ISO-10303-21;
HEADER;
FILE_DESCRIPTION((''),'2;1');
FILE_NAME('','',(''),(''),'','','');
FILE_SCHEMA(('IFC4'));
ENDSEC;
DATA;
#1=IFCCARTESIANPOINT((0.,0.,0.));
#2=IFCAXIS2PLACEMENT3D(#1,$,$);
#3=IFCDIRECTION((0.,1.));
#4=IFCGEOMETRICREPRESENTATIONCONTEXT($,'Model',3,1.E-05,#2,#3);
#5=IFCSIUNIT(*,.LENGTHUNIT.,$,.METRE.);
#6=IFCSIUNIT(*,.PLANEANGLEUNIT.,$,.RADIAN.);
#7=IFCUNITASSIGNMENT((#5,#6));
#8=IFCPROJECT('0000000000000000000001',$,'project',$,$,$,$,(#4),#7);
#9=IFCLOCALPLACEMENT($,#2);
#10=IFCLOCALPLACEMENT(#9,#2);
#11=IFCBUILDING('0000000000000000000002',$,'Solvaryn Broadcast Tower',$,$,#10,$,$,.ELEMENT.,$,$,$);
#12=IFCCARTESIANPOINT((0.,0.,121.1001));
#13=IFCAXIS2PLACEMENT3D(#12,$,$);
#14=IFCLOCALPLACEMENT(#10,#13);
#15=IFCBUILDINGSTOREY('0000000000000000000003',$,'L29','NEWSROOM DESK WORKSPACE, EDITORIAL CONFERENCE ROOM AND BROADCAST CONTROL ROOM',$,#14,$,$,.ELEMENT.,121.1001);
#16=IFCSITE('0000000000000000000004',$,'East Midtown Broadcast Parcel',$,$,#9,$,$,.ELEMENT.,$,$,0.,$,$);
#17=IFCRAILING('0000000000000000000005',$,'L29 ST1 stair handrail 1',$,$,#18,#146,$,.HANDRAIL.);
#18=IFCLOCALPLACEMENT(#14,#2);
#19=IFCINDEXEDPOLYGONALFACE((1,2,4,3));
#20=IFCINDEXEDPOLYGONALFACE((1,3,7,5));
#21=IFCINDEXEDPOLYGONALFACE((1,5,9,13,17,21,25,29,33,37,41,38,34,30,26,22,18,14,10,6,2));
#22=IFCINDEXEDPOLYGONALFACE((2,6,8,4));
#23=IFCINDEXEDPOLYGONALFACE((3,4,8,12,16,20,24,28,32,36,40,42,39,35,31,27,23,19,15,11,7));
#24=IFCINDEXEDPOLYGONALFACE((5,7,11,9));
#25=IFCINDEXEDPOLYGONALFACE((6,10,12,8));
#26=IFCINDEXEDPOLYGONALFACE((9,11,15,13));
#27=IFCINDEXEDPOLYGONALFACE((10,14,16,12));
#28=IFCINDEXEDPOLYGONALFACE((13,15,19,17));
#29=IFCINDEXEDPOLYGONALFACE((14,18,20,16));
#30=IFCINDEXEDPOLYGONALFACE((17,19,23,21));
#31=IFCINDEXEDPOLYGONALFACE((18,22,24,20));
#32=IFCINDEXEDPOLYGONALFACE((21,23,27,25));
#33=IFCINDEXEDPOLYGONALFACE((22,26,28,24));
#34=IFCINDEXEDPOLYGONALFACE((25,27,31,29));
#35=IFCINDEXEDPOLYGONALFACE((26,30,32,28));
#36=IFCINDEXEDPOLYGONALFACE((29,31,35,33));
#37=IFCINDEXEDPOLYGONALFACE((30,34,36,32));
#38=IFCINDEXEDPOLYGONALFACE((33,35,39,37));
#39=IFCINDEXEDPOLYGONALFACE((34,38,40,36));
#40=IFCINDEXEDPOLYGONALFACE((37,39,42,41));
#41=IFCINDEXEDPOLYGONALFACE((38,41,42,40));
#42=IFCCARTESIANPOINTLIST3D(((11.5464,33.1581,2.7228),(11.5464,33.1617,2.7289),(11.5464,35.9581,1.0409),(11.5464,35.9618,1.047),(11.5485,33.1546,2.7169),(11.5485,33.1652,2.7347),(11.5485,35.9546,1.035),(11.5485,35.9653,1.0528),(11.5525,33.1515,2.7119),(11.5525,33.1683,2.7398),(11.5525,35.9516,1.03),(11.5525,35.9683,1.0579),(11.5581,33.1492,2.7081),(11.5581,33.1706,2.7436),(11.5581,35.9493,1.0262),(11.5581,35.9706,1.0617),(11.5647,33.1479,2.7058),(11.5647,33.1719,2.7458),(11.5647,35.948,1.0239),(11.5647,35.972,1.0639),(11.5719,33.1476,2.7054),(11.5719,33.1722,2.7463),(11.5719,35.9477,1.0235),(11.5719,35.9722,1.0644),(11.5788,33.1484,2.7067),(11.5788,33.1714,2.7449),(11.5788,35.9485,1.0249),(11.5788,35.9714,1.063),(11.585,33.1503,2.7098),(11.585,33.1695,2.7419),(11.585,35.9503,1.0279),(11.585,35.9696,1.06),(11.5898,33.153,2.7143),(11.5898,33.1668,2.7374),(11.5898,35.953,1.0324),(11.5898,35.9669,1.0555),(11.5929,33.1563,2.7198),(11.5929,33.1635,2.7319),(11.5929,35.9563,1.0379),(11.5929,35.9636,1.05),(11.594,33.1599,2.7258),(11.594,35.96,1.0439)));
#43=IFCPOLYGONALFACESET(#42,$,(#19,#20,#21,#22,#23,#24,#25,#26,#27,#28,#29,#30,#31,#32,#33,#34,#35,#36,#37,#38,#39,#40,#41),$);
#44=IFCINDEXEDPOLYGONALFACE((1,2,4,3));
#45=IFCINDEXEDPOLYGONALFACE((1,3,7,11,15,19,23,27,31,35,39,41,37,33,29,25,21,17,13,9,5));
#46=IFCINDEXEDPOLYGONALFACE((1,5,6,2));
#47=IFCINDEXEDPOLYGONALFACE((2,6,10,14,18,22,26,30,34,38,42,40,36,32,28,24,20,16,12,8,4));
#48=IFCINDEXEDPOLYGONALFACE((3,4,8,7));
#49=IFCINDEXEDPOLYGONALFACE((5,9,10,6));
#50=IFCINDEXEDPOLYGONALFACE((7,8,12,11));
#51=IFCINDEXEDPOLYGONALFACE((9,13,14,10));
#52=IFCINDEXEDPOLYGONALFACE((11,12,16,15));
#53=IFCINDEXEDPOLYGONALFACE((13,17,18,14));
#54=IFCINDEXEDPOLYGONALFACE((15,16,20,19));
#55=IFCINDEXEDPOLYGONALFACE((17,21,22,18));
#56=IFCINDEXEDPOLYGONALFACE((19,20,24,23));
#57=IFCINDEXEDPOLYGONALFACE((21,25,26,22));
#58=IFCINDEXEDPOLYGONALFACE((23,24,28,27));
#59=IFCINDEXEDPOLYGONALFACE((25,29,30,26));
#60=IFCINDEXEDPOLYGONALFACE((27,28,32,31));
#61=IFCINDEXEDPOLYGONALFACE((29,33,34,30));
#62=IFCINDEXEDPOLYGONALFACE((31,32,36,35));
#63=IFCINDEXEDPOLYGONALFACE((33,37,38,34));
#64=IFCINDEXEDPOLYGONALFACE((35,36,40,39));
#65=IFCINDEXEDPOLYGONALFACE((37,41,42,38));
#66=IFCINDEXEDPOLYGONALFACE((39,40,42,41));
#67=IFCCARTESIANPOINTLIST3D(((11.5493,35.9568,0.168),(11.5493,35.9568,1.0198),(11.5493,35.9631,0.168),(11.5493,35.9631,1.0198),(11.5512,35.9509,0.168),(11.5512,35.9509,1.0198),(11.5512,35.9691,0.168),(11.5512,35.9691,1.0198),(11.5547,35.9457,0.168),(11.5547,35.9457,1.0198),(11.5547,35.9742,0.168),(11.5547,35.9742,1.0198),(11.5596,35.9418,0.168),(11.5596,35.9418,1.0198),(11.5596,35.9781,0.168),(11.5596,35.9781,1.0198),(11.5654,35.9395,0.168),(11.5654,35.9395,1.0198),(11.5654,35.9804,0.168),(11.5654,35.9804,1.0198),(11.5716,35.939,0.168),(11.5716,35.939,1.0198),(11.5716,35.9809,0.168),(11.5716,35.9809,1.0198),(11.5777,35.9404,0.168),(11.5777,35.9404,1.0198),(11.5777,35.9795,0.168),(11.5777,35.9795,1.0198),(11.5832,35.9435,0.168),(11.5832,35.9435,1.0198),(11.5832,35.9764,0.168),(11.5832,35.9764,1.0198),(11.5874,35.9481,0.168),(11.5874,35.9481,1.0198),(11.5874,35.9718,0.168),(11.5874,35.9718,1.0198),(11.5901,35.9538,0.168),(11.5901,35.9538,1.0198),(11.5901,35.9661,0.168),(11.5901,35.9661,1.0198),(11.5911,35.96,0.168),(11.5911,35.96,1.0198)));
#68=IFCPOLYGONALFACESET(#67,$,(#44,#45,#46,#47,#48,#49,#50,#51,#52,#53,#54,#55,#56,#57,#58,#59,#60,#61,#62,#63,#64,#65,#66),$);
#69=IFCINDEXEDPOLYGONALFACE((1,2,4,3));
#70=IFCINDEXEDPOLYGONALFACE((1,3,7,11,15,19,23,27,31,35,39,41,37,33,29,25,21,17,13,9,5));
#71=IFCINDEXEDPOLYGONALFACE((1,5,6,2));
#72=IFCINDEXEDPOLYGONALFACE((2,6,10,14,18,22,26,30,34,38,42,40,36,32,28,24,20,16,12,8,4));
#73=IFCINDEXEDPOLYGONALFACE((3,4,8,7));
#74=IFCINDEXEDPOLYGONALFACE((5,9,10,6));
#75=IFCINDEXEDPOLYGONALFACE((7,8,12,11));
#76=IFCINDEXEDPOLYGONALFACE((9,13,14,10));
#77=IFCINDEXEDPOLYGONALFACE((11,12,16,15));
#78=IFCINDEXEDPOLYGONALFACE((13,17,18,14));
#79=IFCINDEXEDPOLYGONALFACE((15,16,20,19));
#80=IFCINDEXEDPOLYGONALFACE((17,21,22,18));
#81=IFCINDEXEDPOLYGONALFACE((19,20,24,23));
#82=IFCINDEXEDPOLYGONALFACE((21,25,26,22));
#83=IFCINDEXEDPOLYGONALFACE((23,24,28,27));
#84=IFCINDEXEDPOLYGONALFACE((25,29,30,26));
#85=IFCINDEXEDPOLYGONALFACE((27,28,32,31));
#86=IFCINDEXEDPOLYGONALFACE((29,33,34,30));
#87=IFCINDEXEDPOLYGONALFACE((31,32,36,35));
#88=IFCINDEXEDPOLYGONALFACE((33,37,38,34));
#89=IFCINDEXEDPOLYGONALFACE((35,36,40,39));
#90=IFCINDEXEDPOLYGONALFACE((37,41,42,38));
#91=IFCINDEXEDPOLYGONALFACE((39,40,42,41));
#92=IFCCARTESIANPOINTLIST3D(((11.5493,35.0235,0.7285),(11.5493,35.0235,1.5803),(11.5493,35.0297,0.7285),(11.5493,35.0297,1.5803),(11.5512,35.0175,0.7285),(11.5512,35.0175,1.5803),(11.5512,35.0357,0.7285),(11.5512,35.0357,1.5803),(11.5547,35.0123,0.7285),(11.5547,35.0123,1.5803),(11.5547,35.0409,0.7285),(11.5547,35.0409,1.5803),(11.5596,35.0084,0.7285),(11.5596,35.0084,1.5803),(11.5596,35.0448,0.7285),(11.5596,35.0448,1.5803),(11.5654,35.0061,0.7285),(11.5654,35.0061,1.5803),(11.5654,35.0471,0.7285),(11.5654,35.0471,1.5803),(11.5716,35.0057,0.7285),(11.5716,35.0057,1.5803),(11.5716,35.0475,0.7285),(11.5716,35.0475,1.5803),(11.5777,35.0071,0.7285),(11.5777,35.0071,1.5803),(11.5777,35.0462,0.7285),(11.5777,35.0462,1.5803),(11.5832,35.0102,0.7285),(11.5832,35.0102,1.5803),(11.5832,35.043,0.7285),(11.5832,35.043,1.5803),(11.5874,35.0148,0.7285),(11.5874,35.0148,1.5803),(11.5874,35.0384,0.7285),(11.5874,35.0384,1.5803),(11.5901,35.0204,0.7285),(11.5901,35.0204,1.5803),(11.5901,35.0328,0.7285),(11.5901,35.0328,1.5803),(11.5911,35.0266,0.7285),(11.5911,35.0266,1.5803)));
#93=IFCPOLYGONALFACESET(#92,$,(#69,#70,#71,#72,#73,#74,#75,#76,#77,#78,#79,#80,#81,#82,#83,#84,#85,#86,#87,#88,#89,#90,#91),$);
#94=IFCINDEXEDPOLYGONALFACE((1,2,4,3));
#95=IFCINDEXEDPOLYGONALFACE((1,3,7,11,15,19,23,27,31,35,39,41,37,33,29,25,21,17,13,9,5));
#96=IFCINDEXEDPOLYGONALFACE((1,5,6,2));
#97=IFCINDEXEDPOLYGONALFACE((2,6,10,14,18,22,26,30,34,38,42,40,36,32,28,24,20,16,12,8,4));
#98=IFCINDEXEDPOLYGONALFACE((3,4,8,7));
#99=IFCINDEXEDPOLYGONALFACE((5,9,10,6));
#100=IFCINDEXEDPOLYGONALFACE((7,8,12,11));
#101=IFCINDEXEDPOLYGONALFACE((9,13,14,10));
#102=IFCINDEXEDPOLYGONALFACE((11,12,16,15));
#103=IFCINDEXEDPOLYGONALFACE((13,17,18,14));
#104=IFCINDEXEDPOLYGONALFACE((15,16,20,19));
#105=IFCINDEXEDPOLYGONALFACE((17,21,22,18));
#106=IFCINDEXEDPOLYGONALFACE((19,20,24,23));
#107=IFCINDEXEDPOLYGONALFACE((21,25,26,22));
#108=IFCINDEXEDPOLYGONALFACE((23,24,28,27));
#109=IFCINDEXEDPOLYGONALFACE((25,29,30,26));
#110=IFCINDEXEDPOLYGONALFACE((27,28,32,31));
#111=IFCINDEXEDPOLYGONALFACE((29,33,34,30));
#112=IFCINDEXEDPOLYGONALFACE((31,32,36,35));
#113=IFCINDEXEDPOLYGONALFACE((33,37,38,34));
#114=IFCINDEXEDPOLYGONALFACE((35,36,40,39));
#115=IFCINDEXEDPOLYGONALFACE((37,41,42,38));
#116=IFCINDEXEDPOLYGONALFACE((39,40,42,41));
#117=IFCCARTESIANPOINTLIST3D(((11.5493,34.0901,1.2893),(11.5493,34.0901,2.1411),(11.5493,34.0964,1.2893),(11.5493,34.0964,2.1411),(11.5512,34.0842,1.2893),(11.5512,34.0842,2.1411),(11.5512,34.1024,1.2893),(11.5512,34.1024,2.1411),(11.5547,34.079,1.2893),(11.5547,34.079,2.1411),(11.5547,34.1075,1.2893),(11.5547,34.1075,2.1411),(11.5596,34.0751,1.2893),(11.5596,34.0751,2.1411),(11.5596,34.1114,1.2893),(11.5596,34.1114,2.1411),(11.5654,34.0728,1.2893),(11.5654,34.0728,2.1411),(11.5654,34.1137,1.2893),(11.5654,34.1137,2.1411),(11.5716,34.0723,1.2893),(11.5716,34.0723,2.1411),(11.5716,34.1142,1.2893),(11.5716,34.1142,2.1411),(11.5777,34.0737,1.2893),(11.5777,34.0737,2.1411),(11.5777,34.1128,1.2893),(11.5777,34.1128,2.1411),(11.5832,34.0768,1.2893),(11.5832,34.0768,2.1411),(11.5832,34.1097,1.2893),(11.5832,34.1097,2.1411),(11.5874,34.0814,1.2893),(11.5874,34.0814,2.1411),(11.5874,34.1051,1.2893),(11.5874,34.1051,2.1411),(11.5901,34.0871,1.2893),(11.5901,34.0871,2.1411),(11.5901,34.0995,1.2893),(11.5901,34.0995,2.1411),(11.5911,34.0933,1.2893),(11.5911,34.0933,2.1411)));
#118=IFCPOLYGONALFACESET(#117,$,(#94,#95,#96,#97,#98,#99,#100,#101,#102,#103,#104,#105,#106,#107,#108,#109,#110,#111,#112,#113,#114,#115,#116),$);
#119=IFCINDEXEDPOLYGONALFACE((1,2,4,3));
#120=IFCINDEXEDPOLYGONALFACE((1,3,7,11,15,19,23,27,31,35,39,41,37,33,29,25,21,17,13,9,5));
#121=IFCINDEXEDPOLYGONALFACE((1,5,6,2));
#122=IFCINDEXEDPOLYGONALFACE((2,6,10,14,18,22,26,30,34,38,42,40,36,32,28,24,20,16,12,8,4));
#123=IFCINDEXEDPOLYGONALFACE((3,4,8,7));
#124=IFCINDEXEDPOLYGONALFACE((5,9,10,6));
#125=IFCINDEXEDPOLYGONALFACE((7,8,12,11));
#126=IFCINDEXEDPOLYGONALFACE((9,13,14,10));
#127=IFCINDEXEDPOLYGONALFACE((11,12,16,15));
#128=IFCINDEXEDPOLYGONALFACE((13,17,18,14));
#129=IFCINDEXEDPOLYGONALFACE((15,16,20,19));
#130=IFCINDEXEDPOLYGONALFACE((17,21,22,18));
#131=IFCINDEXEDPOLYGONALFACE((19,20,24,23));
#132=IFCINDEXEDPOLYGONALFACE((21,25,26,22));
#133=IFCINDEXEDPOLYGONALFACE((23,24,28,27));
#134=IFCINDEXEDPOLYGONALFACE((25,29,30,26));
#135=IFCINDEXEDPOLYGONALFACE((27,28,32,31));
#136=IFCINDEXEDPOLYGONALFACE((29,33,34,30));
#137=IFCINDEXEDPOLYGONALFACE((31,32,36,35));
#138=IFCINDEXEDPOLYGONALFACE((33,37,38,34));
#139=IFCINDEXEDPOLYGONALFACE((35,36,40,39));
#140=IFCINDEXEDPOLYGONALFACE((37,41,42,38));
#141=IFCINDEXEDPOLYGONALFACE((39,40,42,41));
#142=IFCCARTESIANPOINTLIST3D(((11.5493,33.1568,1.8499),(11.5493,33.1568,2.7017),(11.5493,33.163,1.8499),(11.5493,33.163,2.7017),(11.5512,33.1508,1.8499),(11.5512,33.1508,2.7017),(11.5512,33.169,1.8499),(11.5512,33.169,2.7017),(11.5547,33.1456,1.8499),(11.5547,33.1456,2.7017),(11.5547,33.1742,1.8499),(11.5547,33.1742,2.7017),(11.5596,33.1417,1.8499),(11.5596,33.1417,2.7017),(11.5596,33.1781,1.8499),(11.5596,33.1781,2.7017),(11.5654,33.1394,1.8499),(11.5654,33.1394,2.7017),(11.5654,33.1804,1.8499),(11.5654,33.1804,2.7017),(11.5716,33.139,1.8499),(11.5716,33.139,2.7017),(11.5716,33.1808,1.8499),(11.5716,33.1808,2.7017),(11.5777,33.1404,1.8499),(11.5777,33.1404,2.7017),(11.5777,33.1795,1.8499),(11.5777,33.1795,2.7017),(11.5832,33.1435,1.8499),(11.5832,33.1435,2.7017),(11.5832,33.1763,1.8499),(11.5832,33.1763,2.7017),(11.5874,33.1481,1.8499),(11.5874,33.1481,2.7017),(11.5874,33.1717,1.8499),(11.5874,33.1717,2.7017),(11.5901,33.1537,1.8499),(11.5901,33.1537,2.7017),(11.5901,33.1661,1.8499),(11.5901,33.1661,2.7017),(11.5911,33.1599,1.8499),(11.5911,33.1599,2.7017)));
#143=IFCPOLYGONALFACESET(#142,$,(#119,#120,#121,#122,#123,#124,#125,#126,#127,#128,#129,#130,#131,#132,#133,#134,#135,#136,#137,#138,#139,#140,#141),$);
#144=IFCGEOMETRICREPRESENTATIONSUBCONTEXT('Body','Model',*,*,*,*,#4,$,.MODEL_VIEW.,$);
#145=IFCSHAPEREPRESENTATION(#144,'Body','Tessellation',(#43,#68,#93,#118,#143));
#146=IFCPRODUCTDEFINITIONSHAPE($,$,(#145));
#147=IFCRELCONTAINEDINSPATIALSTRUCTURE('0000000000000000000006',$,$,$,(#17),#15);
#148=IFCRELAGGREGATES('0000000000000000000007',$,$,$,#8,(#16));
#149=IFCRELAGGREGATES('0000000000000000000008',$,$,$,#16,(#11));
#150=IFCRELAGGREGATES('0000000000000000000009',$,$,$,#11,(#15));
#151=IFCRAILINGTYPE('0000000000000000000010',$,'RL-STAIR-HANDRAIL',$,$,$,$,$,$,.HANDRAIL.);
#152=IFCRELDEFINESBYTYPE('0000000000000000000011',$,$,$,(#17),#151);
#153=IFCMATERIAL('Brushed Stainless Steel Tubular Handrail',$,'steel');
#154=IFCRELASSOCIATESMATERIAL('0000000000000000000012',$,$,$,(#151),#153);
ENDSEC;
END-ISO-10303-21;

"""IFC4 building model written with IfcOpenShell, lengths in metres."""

from ifc_helpers import new_model, si_unit, direction, frame, origin, origin_2d, place, context, subcontext, project, spatial, circle, extrude, material, type_object, element, save


model = new_model("IFC4")

# Units and contexts
model_context = context("Model", 3, precision=1e-05, world=origin(), true_north=direction((0.0, 1.0)))
body_context = subcontext(model_context, "Body", "Model", "MODEL_VIEW")
ifc_project = project(units=[si_unit("LENGTHUNIT", "METRE"), si_unit("PLANEANGLEUNIT", "RADIAN")], contexts=[model_context])

# Site, building, storey
site_placement = place(None, origin())
site = spatial("IfcSite", under=ifc_project, at=site_placement, Name="East Midtown Broadcast Parcel", CompositionType="ELEMENT", RefElevation=0.0)
building_placement = place(site_placement, origin())
building = spatial("IfcBuilding", under=site, at=building_placement, Name="Solvaryn Broadcast Tower", CompositionType="ELEMENT")
storey_placement = place(building_placement, frame((0.0, 0.0, 121.1001)))
storey = spatial("IfcBuildingStorey", under=building, at=storey_placement, Name="L29", Description="NEWSROOM DESK WORKSPACE, EDITORIAL CONFERENCE ROOM AND BROADCAST CONTROL ROOM", CompositionType="ELEMENT", Elevation=121.1001)

# Railing
ifc_material_1 = material(Name="Brushed Stainless Steel Tubular Handrail", Category="steel")
railing_type_1 = type_object("IfcRailingType", Name="RL-STAIR-HANDRAIL", PredefinedType="HANDRAIL", material=ifc_material_1)
railing_1_placement = place(storey_placement, frame((11.5701, 35.96, 0.168)))
element("IfcRailing", 1, at=railing_1_placement, inside=storey, type_object=railing_type_1, Name="L29 ST1 stair handrail 1", PredefinedType="HANDRAIL", context=body_context, shape_type="SweptSolid", body=[
    extrude(circle(Radius=0.0239, at=origin_2d()), frame((0.0, 0.0, 0.876), z_axis=(0.0, -0.857242, 0.514913), x_axis=(1.0, 0.0, 0.0)), (0.0, 0.0, 1.0), 3.2664),
    extrude(circle(Radius=0.021, at=origin_2d()), origin(), (0.0, 0.0, 1.0), 0.8518),
    extrude(circle(Radius=0.021, at=origin_2d()), frame((0.0, -0.9333, 0.5605)), (0.0, 0.0, 1.0), 0.8518),
    extrude(circle(Radius=0.021, at=origin_2d()), frame((0.0, -1.8667, 1.1213)), (0.0, 0.0, 1.0), 0.8518),
    extrude(circle(Radius=0.021, at=origin_2d()), frame((0.0, -2.8, 1.6819)), (0.0, 0.0, 1.0), 0.8518),
])

save(model, "model.ifc")
